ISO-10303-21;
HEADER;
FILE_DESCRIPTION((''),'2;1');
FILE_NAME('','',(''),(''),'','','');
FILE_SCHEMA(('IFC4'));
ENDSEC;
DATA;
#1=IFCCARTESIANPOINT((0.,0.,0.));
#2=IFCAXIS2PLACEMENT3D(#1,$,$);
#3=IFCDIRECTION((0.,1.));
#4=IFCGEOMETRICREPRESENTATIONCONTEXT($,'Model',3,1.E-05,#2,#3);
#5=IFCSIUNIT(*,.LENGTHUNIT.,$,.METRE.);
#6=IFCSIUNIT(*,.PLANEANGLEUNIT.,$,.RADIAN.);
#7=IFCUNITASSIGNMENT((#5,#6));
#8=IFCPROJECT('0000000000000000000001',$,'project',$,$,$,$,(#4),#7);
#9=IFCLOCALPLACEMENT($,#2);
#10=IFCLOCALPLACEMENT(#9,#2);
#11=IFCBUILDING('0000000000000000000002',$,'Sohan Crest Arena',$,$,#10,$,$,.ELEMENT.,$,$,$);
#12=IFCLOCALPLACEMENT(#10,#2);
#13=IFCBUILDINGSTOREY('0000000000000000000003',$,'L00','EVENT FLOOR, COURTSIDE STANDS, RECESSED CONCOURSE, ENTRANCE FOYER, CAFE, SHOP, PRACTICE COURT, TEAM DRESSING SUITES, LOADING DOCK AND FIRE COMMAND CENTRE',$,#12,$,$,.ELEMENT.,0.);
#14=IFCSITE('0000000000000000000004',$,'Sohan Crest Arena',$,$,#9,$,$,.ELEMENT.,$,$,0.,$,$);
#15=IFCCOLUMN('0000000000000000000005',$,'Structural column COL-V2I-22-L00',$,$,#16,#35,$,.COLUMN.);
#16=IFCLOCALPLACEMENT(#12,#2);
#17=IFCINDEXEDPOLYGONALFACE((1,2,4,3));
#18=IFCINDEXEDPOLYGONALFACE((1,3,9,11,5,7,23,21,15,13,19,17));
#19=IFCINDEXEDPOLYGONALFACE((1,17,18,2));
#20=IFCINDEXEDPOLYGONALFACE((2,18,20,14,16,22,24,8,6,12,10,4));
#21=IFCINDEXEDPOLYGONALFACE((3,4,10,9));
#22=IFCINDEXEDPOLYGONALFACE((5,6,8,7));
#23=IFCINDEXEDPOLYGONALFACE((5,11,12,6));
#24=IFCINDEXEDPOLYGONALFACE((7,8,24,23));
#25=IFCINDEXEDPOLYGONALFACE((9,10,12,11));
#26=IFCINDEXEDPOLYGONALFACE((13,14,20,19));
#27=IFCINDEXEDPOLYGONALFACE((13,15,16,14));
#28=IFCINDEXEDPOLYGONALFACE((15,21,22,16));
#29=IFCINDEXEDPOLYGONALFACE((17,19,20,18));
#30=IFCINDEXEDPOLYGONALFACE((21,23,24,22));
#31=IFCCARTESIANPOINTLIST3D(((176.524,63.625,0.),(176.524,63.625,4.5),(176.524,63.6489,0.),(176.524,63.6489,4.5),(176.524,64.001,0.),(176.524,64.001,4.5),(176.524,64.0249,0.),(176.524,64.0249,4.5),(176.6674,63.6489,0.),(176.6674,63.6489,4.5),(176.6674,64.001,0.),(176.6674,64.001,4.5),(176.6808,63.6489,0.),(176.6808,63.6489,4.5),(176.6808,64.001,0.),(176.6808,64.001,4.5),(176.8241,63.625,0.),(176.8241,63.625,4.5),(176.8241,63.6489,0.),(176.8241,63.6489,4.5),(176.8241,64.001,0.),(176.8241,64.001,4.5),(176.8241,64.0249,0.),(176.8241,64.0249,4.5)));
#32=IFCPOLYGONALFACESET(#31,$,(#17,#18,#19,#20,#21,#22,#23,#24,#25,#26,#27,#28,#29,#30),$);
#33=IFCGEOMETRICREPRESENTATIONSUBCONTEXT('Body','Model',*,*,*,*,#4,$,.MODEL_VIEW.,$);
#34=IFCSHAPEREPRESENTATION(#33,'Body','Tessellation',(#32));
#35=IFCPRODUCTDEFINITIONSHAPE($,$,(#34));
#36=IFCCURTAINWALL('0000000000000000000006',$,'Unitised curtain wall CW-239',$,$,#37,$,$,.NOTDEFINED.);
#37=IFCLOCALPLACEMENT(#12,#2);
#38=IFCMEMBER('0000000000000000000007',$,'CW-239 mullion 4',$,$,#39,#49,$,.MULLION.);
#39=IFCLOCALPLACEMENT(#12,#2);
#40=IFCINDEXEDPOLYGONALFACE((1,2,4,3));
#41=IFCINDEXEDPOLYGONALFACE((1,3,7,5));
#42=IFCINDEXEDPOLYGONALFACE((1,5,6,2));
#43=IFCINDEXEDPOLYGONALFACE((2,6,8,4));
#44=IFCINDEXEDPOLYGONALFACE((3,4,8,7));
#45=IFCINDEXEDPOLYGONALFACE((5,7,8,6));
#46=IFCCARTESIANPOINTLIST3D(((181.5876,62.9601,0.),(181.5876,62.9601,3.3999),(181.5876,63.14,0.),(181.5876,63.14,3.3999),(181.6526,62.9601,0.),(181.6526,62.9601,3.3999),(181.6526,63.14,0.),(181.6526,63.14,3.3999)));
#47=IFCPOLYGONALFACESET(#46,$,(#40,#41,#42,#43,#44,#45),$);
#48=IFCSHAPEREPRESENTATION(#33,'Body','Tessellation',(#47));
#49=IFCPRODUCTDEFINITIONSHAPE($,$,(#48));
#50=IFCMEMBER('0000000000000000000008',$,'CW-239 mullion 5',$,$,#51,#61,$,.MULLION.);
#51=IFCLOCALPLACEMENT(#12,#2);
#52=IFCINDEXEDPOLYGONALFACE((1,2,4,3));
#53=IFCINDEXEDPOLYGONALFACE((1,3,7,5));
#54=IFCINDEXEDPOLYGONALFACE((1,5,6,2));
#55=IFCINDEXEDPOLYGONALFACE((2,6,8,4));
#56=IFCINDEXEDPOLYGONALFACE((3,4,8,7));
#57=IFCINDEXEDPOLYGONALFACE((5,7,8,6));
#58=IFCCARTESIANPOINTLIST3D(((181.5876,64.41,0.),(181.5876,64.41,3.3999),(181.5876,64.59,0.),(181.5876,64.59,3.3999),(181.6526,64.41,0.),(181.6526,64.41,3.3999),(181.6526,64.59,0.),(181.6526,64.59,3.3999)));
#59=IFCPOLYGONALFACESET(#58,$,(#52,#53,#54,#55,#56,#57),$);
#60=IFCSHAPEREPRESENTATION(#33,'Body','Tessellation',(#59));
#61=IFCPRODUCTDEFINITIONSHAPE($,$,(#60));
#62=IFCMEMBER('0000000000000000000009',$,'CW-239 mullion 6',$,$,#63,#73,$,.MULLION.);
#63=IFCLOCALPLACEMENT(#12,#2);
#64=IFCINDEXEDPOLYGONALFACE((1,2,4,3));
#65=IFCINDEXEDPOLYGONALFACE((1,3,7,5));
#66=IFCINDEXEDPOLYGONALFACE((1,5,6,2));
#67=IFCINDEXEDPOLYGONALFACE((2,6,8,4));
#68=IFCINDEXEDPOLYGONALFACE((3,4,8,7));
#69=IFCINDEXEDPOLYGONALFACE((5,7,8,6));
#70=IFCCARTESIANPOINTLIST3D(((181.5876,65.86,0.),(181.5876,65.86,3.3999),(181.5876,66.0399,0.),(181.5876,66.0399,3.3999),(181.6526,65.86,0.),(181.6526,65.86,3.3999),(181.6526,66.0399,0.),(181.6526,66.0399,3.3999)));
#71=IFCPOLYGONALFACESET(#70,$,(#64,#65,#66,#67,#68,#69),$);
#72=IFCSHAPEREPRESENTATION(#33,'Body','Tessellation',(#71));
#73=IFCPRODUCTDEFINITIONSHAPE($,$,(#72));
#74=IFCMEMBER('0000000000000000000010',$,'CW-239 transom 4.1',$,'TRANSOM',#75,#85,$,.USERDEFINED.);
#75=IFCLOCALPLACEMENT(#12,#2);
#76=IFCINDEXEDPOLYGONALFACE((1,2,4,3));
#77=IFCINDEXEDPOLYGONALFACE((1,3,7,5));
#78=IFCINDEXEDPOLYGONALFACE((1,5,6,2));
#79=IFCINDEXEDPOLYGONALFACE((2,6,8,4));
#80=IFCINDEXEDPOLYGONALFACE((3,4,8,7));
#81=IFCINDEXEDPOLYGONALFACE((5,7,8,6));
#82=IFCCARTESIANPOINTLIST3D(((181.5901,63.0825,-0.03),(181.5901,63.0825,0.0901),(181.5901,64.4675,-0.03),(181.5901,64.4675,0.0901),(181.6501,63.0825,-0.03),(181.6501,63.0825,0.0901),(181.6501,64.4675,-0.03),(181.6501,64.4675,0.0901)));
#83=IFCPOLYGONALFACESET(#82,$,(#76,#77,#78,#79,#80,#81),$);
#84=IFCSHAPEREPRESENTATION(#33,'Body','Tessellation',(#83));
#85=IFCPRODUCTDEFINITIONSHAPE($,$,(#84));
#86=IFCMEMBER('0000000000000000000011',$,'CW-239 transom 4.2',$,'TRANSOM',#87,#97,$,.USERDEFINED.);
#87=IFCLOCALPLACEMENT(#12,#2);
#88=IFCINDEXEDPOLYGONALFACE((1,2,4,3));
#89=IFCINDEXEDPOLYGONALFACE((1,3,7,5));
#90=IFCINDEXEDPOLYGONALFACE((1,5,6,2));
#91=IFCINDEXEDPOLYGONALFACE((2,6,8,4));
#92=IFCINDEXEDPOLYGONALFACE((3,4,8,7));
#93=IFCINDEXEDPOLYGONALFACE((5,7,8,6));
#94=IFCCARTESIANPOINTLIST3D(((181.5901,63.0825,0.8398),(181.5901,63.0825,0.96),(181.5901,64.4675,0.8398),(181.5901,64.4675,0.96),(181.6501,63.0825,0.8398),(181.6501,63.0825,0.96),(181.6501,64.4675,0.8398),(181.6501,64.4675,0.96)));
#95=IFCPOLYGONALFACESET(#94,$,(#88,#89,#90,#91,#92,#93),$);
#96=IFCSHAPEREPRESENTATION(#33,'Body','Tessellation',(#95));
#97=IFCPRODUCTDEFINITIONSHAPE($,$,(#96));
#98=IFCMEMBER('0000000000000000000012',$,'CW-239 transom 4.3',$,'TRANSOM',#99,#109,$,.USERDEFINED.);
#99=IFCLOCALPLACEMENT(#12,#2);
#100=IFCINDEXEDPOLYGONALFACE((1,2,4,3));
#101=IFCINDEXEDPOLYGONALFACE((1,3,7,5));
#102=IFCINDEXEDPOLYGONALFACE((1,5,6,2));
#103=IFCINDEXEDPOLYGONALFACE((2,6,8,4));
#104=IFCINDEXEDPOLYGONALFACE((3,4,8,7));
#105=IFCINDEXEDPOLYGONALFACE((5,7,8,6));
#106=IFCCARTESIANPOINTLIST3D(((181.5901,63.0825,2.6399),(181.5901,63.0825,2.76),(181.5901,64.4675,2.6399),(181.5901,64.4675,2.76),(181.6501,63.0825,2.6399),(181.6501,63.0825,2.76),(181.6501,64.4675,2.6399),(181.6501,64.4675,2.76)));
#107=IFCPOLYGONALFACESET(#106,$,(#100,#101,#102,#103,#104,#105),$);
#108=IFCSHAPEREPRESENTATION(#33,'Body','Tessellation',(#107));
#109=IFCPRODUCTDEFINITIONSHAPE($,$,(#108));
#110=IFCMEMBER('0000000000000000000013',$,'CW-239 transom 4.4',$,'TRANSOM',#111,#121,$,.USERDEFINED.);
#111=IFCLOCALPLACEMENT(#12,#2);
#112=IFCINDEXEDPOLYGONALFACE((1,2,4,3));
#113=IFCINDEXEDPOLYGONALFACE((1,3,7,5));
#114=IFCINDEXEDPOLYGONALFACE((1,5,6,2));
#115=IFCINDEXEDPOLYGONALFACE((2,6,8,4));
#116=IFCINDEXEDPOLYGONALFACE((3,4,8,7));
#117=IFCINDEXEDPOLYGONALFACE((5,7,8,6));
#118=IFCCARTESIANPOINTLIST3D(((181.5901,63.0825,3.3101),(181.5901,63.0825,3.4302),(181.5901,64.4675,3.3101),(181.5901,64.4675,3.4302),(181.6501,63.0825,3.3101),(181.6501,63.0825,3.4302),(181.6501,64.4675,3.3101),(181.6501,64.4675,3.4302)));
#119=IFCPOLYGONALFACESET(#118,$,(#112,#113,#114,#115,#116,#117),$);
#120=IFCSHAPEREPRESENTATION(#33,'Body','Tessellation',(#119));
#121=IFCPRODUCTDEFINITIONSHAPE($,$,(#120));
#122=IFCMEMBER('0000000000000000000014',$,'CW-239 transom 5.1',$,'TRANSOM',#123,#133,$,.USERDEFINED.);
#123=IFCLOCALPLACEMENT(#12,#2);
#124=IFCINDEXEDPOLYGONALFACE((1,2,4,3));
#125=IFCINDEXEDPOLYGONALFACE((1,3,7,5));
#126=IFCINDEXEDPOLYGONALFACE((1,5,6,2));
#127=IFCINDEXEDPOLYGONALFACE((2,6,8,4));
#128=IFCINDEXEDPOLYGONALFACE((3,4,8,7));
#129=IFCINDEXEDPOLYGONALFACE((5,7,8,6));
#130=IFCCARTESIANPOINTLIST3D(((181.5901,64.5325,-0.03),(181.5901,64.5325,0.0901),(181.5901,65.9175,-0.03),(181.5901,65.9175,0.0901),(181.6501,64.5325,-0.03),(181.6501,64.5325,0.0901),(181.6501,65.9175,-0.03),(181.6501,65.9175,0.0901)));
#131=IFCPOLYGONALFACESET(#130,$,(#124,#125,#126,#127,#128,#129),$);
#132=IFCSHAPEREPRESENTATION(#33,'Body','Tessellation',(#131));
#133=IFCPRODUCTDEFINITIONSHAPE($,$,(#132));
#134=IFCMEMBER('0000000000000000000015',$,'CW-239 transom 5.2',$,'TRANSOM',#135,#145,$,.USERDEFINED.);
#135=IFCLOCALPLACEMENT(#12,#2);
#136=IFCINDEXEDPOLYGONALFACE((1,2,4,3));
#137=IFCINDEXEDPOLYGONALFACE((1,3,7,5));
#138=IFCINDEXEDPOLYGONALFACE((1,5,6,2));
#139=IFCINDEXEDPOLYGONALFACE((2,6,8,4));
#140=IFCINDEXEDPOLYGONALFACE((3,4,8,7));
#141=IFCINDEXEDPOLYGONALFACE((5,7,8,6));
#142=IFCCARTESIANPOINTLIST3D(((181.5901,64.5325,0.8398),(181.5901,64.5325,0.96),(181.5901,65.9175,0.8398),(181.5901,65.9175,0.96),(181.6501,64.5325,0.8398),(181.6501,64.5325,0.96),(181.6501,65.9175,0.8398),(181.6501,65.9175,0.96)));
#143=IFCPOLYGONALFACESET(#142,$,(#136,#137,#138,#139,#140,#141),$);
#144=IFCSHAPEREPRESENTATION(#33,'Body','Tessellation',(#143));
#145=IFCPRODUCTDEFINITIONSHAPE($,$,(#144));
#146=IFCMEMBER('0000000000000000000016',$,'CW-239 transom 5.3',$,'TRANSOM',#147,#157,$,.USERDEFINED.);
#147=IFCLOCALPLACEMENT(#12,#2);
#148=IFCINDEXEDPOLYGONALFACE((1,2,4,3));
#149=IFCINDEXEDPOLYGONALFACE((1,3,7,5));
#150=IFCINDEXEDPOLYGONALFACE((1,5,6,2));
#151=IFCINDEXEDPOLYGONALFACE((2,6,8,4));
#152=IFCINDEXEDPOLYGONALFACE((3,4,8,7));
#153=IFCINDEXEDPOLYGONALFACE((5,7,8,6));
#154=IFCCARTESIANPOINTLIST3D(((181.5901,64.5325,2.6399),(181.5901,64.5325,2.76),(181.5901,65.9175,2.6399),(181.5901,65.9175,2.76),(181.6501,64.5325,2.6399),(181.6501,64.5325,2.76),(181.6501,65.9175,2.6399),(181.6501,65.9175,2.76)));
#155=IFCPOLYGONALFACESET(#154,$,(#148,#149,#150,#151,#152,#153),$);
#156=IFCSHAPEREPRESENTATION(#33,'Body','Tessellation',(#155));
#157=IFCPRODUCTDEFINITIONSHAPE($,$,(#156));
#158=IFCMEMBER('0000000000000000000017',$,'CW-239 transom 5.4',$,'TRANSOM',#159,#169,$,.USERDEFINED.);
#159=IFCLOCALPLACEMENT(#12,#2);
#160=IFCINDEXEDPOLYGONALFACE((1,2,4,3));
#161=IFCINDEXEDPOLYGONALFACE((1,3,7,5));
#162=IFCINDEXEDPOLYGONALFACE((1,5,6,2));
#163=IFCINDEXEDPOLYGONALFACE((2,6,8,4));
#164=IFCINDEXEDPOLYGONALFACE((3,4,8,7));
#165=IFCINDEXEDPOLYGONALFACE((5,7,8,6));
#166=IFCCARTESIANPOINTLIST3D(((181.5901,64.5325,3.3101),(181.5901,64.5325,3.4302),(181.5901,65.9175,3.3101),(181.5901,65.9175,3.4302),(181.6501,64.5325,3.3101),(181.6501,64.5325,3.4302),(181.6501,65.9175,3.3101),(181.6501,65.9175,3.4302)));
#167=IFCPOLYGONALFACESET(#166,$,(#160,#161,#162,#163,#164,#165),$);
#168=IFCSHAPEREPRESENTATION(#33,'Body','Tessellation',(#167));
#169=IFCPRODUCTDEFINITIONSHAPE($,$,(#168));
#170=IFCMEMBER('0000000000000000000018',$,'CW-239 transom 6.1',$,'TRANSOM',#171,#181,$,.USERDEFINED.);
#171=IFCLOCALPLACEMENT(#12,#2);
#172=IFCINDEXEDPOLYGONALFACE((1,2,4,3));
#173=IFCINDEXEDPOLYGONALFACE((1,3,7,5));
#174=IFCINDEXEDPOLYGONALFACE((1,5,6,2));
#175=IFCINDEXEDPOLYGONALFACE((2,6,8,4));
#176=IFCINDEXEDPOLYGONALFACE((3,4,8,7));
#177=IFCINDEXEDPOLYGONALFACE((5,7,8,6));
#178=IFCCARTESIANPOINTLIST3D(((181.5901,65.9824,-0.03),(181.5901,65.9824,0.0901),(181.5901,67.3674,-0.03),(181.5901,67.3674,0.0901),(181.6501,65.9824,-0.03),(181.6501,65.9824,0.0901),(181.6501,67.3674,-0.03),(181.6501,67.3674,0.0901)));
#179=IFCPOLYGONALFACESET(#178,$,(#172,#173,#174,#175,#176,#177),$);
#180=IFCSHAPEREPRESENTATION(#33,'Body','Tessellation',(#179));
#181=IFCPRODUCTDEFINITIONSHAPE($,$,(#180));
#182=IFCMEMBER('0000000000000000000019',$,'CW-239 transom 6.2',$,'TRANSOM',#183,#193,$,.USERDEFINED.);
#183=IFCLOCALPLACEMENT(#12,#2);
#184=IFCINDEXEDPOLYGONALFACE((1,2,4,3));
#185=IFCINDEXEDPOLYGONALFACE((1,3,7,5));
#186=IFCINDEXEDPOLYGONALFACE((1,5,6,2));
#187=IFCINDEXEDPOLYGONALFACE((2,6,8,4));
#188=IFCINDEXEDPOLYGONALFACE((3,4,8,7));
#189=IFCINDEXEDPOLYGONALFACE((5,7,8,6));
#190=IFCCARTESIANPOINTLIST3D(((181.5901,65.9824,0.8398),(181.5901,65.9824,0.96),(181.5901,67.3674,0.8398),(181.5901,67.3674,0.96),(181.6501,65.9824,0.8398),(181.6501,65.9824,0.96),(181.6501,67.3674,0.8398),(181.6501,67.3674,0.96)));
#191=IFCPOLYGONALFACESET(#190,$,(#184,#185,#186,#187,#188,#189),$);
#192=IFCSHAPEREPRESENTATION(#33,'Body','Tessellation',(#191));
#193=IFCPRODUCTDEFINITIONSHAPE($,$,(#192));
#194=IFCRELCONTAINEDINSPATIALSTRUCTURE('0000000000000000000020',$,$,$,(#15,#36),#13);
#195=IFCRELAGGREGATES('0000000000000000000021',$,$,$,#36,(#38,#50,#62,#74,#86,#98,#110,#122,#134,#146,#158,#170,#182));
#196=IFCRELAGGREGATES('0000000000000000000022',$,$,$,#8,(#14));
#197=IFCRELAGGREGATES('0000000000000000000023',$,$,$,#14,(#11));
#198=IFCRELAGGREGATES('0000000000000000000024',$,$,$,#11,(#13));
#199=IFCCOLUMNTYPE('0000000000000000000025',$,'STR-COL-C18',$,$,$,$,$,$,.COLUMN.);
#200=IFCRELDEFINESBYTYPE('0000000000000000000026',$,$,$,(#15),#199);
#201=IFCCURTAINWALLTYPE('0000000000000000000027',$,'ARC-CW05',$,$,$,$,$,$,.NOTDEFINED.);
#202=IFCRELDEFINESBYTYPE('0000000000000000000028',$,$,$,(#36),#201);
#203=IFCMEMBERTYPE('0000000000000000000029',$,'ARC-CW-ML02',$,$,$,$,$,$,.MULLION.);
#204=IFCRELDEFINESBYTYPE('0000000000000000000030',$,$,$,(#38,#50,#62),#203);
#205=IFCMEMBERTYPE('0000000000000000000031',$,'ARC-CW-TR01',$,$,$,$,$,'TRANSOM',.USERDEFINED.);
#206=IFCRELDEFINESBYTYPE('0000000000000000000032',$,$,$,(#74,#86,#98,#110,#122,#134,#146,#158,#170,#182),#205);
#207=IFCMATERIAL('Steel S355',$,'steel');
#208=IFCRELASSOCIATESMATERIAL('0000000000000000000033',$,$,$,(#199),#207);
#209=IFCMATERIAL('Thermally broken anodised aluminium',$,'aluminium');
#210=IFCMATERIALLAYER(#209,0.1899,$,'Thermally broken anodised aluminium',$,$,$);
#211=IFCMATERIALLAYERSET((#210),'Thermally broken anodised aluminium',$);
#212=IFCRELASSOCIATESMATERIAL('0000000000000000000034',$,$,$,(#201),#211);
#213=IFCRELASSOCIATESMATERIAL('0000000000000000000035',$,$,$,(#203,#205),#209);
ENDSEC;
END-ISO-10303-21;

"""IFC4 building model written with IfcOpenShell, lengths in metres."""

from ifc_helpers import new_model, si_unit, direction, frame, origin, origin_2d, place, context, subcontext, project, spatial, rectangle, i_section, extrude, material, layer, layer_set, material_profile, profile_set, type_object, element, aggregate, save


model = new_model("IFC4")

# Units and contexts
model_context = context("Model", 3, precision=1e-05, world=origin(), true_north=direction((0.0, 1.0)))
body_context = subcontext(model_context, "Body", "Model", "MODEL_VIEW")
ifc_project = project(units=[si_unit("LENGTHUNIT", "METRE"), si_unit("PLANEANGLEUNIT", "RADIAN")], contexts=[model_context])

# Site, building, storey
site_placement = place(None, origin())
site = spatial("IfcSite", under=ifc_project, at=site_placement, Name="Sohan Crest Arena", CompositionType="ELEMENT", RefElevation=0.0)
building_placement = place(site_placement, origin())
building = spatial("IfcBuilding", under=site, at=building_placement, Name="Sohan Crest Arena", CompositionType="ELEMENT")
storey_placement = place(building_placement, origin())
storey = spatial("IfcBuildingStorey", under=building, at=storey_placement, Name="L00", Description="EVENT FLOOR, COURTSIDE STANDS, RECESSED CONCOURSE, ENTRANCE FOYER, CAFE, SHOP, PRACTICE COURT, TEAM DRESSING SUITES, LOADING DOCK AND FIRE COMMAND CENTRE", CompositionType="ELEMENT", Elevation=0.0)

# Column
ifc_material_1 = material(Name="Steel S355", Category="steel")
ifc_material_profile_1 = material_profile(ifc_material_1, i_section(OverallWidth=0.3, OverallDepth=0.3999, WebThickness=0.0134, FlangeThickness=0.0239, at=origin_2d()), Name="HEB 400")
ifc_profile_set_1 = profile_set([ifc_material_profile_1], Name="Steel S355")
column_type = type_object("IfcColumnType", Name="STR-COL-C18", PredefinedType="COLUMN", material=ifc_profile_set_1)
column_placement = place(storey_placement, frame((176.6741, 63.825, 0.0), z_axis=(0.0, 0.0, 1.0), x_axis=(1.0, 0.0, 0.0)))
element("IfcColumn", 1, at=column_placement, inside=storey, type_object=column_type, Name="Structural column COL-V2I-22-L00", PredefinedType="COLUMN", context=body_context, shape_type="SweptSolid", body=[
    extrude(i_section(OverallWidth=0.3, OverallDepth=0.3999, WebThickness=0.0134, FlangeThickness=0.0239, at=origin_2d()), origin(), (0.0, 0.0, 1.0), 4.5),
])

# Curtain wall, members
ifc_material_2 = material(Name="Thermally broken anodised aluminium", Category="aluminium")
ifc_layer_1 = layer(ifc_material_2, 0.1899, Name="Thermally broken anodised aluminium")
ifc_layer_set_1 = layer_set([ifc_layer_1], Name="Thermally broken anodised aluminium")
curtain_wall_type = type_object("IfcCurtainWallType", Name="ARC-CW05", PredefinedType="NOTDEFINED", material=ifc_layer_set_1)
curtain_wall_placement = place(storey_placement, origin())
curtain_wall = element("IfcCurtainWall", 2, at=curtain_wall_placement, inside=storey, type_object=curtain_wall_type, Name="Unitised curtain wall CW-239", PredefinedType="NOTDEFINED")
ifc_material_profile_2 = material_profile(ifc_material_2, rectangle(XDim=0.0649, YDim=0.1799, at=origin_2d()), Name="ALU-MULL 65x180")
ifc_profile_set_2 = profile_set([ifc_material_profile_2], Name="Thermally broken anodised aluminium")
member_type_1 = type_object("IfcMemberType", Name="ARC-CW-ML02", PredefinedType="MULLION", material=ifc_profile_set_2)
member_1_placement = place(storey_placement, frame((181.6201, 63.05, 0.0), z_axis=(0.0, 0.0, 1.0), x_axis=(-1.0, 0.0, 0.0)))
member_1 = element("IfcMember", 3, at=member_1_placement, type_object=member_type_1, Name="CW-239 mullion 4", PredefinedType="MULLION", context=body_context, shape_type="SweptSolid", body=[
    extrude(rectangle(XDim=0.0649, YDim=0.1799, at=origin_2d()), origin(), (0.0, 0.0, 1.0), 3.3999),
])
member_2_placement = place(storey_placement, frame((181.6201, 64.5, 0.0), z_axis=(0.0, 0.0, 1.0), x_axis=(-1.0, 0.0, 0.0)))
member_2 = element("IfcMember", 4, at=member_2_placement, type_object=member_type_1, Name="CW-239 mullion 5", PredefinedType="MULLION", context=body_context, shape_type="SweptSolid", body=[
    extrude(rectangle(XDim=0.0649, YDim=0.1799, at=origin_2d()), origin(), (0.0, 0.0, 1.0), 3.3999),
])
member_3_placement = place(storey_placement, frame((181.6201, 65.95, 0.0), z_axis=(0.0, 0.0, 1.0), x_axis=(-1.0, 0.0, 0.0)))
member_3 = element("IfcMember", 5, at=member_3_placement, type_object=member_type_1, Name="CW-239 mullion 6", PredefinedType="MULLION", context=body_context, shape_type="SweptSolid", body=[
    extrude(rectangle(XDim=0.0649, YDim=0.1799, at=origin_2d()), origin(), (0.0, 0.0, 1.0), 3.3999),
])
ifc_material_profile_3 = material_profile(ifc_material_2, rectangle(XDim=0.0601, YDim=0.1201, at=origin_2d()), Name="ALU-TRAN 60x120")
ifc_profile_set_3 = profile_set([ifc_material_profile_3], Name="Thermally broken anodised aluminium")
member_type_2 = type_object("IfcMemberType", Name="ARC-CW-TR01", ElementType="TRANSOM", PredefinedType="USERDEFINED", material=ifc_profile_set_3)
member_4_placement = place(storey_placement, frame((181.6201, 63.0825, 0.03), z_axis=(0.0, 1.0, 0.0), x_axis=(-1.0, 0.0, 0.0)))
member_4 = element("IfcMember", 6, at=member_4_placement, type_object=member_type_2, Name="CW-239 transom 4.1", ObjectType="TRANSOM", PredefinedType="USERDEFINED", context=body_context, shape_type="SweptSolid", body=[
    extrude(rectangle(XDim=0.0601, YDim=0.1201, at=origin_2d()), origin(), (0.0, 0.0, 1.0), 1.385),
])
member_5_placement = place(storey_placement, frame((181.6201, 63.0825, 0.8999), z_axis=(0.0, 1.0, 0.0), x_axis=(-1.0, 0.0, 0.0)))
member_5 = element("IfcMember", 7, at=member_5_placement, type_object=member_type_2, Name="CW-239 transom 4.2", ObjectType="TRANSOM", PredefinedType="USERDEFINED", context=body_context, shape_type="SweptSolid", body=[
    extrude(rectangle(XDim=0.0601, YDim=0.1201, at=origin_2d()), origin(), (0.0, 0.0, 1.0), 1.385),
])
member_6_placement = place(storey_placement, frame((181.6201, 63.0825, 2.7), z_axis=(0.0, 1.0, 0.0), x_axis=(-1.0, 0.0, 0.0)))
member_6 = element("IfcMember", 8, at=member_6_placement, type_object=member_type_2, Name="CW-239 transom 4.3", ObjectType="TRANSOM", PredefinedType="USERDEFINED", context=body_context, shape_type="SweptSolid", body=[
    extrude(rectangle(XDim=0.0601, YDim=0.1201, at=origin_2d()), origin(), (0.0, 0.0, 1.0), 1.385),
])
member_7_placement = place(storey_placement, frame((181.6201, 63.0825, 3.3701), z_axis=(0.0, 1.0, 0.0), x_axis=(-1.0, 0.0, 0.0)))
member_7 = element("IfcMember", 9, at=member_7_placement, type_object=member_type_2, Name="CW-239 transom 4.4", ObjectType="TRANSOM", PredefinedType="USERDEFINED", context=body_context, shape_type="SweptSolid", body=[
    extrude(rectangle(XDim=0.0601, YDim=0.1201, at=origin_2d()), origin(), (0.0, 0.0, 1.0), 1.385),
])
member_8_placement = place(storey_placement, frame((181.6201, 64.5325, 0.03), z_axis=(0.0, 1.0, 0.0), x_axis=(-1.0, 0.0, 0.0)))
member_8 = element("IfcMember", 10, at=member_8_placement, type_object=member_type_2, Name="CW-239 transom 5.1", ObjectType="TRANSOM", PredefinedType="USERDEFINED", context=body_context, shape_type="SweptSolid", body=[
    extrude(rectangle(XDim=0.0601, YDim=0.1201, at=origin_2d()), origin(), (0.0, 0.0, 1.0), 1.385),
])
member_9_placement = place(storey_placement, frame((181.6201, 64.5325, 0.8999), z_axis=(0.0, 1.0, 0.0), x_axis=(-1.0, 0.0, 0.0)))
member_9 = element("IfcMember", 11, at=member_9_placement, type_object=member_type_2, Name="CW-239 transom 5.2", ObjectType="TRANSOM", PredefinedType="USERDEFINED", context=body_context, shape_type="SweptSolid", body=[
    extrude(rectangle(XDim=0.0601, YDim=0.1201, at=origin_2d()), origin(), (0.0, 0.0, 1.0), 1.385),
])
member_10_placement = place(storey_placement, frame((181.6201, 64.5325, 2.7), z_axis=(0.0, 1.0, 0.0), x_axis=(-1.0, 0.0, 0.0)))
member_10 = element("IfcMember", 12, at=member_10_placement, type_object=member_type_2, Name="CW-239 transom 5.3", ObjectType="TRANSOM", PredefinedType="USERDEFINED", context=body_context, shape_type="SweptSolid", body=[
    extrude(rectangle(XDim=0.0601, YDim=0.1201, at=origin_2d()), origin(), (0.0, 0.0, 1.0), 1.385),
])
member_11_placement = place(storey_placement, frame((181.6201, 64.5325, 3.3701), z_axis=(0.0, 1.0, 0.0), x_axis=(-1.0, 0.0, 0.0)))
member_11 = element("IfcMember", 13, at=member_11_placement, type_object=member_type_2, Name="CW-239 transom 5.4", ObjectType="TRANSOM", PredefinedType="USERDEFINED", context=body_context, shape_type="SweptSolid", body=[
    extrude(rectangle(XDim=0.0601, YDim=0.1201, at=origin_2d()), origin(), (0.0, 0.0, 1.0), 1.385),
])
member_12_placement = place(storey_placement, frame((181.6201, 65.9824, 0.03), z_axis=(0.0, 1.0, 0.0), x_axis=(-1.0, 0.0, 0.0)))
member_12 = element("IfcMember", 14, at=member_12_placement, type_object=member_type_2, Name="CW-239 transom 6.1", ObjectType="TRANSOM", PredefinedType="USERDEFINED", context=body_context, shape_type="SweptSolid", body=[
    extrude(rectangle(XDim=0.0601, YDim=0.1201, at=origin_2d()), origin(), (0.0, 0.0, 1.0), 1.385),
])
member_13_placement = place(storey_placement, frame((181.6201, 65.9824, 0.8999), z_axis=(0.0, 1.0, 0.0), x_axis=(-1.0, 0.0, 0.0)))
member_13 = element("IfcMember", 15, at=member_13_placement, type_object=member_type_2, Name="CW-239 transom 6.2", ObjectType="TRANSOM", PredefinedType="USERDEFINED", context=body_context, shape_type="SweptSolid", body=[
    extrude(rectangle(XDim=0.0601, YDim=0.1201, at=origin_2d()), origin(), (0.0, 0.0, 1.0), 1.385),
])

aggregate(curtain_wall, [member_1, member_2, member_3, member_4, member_5, member_6, member_7, member_8, member_9, member_10, member_11, member_12, member_13])

save(model, "model.ifc")
